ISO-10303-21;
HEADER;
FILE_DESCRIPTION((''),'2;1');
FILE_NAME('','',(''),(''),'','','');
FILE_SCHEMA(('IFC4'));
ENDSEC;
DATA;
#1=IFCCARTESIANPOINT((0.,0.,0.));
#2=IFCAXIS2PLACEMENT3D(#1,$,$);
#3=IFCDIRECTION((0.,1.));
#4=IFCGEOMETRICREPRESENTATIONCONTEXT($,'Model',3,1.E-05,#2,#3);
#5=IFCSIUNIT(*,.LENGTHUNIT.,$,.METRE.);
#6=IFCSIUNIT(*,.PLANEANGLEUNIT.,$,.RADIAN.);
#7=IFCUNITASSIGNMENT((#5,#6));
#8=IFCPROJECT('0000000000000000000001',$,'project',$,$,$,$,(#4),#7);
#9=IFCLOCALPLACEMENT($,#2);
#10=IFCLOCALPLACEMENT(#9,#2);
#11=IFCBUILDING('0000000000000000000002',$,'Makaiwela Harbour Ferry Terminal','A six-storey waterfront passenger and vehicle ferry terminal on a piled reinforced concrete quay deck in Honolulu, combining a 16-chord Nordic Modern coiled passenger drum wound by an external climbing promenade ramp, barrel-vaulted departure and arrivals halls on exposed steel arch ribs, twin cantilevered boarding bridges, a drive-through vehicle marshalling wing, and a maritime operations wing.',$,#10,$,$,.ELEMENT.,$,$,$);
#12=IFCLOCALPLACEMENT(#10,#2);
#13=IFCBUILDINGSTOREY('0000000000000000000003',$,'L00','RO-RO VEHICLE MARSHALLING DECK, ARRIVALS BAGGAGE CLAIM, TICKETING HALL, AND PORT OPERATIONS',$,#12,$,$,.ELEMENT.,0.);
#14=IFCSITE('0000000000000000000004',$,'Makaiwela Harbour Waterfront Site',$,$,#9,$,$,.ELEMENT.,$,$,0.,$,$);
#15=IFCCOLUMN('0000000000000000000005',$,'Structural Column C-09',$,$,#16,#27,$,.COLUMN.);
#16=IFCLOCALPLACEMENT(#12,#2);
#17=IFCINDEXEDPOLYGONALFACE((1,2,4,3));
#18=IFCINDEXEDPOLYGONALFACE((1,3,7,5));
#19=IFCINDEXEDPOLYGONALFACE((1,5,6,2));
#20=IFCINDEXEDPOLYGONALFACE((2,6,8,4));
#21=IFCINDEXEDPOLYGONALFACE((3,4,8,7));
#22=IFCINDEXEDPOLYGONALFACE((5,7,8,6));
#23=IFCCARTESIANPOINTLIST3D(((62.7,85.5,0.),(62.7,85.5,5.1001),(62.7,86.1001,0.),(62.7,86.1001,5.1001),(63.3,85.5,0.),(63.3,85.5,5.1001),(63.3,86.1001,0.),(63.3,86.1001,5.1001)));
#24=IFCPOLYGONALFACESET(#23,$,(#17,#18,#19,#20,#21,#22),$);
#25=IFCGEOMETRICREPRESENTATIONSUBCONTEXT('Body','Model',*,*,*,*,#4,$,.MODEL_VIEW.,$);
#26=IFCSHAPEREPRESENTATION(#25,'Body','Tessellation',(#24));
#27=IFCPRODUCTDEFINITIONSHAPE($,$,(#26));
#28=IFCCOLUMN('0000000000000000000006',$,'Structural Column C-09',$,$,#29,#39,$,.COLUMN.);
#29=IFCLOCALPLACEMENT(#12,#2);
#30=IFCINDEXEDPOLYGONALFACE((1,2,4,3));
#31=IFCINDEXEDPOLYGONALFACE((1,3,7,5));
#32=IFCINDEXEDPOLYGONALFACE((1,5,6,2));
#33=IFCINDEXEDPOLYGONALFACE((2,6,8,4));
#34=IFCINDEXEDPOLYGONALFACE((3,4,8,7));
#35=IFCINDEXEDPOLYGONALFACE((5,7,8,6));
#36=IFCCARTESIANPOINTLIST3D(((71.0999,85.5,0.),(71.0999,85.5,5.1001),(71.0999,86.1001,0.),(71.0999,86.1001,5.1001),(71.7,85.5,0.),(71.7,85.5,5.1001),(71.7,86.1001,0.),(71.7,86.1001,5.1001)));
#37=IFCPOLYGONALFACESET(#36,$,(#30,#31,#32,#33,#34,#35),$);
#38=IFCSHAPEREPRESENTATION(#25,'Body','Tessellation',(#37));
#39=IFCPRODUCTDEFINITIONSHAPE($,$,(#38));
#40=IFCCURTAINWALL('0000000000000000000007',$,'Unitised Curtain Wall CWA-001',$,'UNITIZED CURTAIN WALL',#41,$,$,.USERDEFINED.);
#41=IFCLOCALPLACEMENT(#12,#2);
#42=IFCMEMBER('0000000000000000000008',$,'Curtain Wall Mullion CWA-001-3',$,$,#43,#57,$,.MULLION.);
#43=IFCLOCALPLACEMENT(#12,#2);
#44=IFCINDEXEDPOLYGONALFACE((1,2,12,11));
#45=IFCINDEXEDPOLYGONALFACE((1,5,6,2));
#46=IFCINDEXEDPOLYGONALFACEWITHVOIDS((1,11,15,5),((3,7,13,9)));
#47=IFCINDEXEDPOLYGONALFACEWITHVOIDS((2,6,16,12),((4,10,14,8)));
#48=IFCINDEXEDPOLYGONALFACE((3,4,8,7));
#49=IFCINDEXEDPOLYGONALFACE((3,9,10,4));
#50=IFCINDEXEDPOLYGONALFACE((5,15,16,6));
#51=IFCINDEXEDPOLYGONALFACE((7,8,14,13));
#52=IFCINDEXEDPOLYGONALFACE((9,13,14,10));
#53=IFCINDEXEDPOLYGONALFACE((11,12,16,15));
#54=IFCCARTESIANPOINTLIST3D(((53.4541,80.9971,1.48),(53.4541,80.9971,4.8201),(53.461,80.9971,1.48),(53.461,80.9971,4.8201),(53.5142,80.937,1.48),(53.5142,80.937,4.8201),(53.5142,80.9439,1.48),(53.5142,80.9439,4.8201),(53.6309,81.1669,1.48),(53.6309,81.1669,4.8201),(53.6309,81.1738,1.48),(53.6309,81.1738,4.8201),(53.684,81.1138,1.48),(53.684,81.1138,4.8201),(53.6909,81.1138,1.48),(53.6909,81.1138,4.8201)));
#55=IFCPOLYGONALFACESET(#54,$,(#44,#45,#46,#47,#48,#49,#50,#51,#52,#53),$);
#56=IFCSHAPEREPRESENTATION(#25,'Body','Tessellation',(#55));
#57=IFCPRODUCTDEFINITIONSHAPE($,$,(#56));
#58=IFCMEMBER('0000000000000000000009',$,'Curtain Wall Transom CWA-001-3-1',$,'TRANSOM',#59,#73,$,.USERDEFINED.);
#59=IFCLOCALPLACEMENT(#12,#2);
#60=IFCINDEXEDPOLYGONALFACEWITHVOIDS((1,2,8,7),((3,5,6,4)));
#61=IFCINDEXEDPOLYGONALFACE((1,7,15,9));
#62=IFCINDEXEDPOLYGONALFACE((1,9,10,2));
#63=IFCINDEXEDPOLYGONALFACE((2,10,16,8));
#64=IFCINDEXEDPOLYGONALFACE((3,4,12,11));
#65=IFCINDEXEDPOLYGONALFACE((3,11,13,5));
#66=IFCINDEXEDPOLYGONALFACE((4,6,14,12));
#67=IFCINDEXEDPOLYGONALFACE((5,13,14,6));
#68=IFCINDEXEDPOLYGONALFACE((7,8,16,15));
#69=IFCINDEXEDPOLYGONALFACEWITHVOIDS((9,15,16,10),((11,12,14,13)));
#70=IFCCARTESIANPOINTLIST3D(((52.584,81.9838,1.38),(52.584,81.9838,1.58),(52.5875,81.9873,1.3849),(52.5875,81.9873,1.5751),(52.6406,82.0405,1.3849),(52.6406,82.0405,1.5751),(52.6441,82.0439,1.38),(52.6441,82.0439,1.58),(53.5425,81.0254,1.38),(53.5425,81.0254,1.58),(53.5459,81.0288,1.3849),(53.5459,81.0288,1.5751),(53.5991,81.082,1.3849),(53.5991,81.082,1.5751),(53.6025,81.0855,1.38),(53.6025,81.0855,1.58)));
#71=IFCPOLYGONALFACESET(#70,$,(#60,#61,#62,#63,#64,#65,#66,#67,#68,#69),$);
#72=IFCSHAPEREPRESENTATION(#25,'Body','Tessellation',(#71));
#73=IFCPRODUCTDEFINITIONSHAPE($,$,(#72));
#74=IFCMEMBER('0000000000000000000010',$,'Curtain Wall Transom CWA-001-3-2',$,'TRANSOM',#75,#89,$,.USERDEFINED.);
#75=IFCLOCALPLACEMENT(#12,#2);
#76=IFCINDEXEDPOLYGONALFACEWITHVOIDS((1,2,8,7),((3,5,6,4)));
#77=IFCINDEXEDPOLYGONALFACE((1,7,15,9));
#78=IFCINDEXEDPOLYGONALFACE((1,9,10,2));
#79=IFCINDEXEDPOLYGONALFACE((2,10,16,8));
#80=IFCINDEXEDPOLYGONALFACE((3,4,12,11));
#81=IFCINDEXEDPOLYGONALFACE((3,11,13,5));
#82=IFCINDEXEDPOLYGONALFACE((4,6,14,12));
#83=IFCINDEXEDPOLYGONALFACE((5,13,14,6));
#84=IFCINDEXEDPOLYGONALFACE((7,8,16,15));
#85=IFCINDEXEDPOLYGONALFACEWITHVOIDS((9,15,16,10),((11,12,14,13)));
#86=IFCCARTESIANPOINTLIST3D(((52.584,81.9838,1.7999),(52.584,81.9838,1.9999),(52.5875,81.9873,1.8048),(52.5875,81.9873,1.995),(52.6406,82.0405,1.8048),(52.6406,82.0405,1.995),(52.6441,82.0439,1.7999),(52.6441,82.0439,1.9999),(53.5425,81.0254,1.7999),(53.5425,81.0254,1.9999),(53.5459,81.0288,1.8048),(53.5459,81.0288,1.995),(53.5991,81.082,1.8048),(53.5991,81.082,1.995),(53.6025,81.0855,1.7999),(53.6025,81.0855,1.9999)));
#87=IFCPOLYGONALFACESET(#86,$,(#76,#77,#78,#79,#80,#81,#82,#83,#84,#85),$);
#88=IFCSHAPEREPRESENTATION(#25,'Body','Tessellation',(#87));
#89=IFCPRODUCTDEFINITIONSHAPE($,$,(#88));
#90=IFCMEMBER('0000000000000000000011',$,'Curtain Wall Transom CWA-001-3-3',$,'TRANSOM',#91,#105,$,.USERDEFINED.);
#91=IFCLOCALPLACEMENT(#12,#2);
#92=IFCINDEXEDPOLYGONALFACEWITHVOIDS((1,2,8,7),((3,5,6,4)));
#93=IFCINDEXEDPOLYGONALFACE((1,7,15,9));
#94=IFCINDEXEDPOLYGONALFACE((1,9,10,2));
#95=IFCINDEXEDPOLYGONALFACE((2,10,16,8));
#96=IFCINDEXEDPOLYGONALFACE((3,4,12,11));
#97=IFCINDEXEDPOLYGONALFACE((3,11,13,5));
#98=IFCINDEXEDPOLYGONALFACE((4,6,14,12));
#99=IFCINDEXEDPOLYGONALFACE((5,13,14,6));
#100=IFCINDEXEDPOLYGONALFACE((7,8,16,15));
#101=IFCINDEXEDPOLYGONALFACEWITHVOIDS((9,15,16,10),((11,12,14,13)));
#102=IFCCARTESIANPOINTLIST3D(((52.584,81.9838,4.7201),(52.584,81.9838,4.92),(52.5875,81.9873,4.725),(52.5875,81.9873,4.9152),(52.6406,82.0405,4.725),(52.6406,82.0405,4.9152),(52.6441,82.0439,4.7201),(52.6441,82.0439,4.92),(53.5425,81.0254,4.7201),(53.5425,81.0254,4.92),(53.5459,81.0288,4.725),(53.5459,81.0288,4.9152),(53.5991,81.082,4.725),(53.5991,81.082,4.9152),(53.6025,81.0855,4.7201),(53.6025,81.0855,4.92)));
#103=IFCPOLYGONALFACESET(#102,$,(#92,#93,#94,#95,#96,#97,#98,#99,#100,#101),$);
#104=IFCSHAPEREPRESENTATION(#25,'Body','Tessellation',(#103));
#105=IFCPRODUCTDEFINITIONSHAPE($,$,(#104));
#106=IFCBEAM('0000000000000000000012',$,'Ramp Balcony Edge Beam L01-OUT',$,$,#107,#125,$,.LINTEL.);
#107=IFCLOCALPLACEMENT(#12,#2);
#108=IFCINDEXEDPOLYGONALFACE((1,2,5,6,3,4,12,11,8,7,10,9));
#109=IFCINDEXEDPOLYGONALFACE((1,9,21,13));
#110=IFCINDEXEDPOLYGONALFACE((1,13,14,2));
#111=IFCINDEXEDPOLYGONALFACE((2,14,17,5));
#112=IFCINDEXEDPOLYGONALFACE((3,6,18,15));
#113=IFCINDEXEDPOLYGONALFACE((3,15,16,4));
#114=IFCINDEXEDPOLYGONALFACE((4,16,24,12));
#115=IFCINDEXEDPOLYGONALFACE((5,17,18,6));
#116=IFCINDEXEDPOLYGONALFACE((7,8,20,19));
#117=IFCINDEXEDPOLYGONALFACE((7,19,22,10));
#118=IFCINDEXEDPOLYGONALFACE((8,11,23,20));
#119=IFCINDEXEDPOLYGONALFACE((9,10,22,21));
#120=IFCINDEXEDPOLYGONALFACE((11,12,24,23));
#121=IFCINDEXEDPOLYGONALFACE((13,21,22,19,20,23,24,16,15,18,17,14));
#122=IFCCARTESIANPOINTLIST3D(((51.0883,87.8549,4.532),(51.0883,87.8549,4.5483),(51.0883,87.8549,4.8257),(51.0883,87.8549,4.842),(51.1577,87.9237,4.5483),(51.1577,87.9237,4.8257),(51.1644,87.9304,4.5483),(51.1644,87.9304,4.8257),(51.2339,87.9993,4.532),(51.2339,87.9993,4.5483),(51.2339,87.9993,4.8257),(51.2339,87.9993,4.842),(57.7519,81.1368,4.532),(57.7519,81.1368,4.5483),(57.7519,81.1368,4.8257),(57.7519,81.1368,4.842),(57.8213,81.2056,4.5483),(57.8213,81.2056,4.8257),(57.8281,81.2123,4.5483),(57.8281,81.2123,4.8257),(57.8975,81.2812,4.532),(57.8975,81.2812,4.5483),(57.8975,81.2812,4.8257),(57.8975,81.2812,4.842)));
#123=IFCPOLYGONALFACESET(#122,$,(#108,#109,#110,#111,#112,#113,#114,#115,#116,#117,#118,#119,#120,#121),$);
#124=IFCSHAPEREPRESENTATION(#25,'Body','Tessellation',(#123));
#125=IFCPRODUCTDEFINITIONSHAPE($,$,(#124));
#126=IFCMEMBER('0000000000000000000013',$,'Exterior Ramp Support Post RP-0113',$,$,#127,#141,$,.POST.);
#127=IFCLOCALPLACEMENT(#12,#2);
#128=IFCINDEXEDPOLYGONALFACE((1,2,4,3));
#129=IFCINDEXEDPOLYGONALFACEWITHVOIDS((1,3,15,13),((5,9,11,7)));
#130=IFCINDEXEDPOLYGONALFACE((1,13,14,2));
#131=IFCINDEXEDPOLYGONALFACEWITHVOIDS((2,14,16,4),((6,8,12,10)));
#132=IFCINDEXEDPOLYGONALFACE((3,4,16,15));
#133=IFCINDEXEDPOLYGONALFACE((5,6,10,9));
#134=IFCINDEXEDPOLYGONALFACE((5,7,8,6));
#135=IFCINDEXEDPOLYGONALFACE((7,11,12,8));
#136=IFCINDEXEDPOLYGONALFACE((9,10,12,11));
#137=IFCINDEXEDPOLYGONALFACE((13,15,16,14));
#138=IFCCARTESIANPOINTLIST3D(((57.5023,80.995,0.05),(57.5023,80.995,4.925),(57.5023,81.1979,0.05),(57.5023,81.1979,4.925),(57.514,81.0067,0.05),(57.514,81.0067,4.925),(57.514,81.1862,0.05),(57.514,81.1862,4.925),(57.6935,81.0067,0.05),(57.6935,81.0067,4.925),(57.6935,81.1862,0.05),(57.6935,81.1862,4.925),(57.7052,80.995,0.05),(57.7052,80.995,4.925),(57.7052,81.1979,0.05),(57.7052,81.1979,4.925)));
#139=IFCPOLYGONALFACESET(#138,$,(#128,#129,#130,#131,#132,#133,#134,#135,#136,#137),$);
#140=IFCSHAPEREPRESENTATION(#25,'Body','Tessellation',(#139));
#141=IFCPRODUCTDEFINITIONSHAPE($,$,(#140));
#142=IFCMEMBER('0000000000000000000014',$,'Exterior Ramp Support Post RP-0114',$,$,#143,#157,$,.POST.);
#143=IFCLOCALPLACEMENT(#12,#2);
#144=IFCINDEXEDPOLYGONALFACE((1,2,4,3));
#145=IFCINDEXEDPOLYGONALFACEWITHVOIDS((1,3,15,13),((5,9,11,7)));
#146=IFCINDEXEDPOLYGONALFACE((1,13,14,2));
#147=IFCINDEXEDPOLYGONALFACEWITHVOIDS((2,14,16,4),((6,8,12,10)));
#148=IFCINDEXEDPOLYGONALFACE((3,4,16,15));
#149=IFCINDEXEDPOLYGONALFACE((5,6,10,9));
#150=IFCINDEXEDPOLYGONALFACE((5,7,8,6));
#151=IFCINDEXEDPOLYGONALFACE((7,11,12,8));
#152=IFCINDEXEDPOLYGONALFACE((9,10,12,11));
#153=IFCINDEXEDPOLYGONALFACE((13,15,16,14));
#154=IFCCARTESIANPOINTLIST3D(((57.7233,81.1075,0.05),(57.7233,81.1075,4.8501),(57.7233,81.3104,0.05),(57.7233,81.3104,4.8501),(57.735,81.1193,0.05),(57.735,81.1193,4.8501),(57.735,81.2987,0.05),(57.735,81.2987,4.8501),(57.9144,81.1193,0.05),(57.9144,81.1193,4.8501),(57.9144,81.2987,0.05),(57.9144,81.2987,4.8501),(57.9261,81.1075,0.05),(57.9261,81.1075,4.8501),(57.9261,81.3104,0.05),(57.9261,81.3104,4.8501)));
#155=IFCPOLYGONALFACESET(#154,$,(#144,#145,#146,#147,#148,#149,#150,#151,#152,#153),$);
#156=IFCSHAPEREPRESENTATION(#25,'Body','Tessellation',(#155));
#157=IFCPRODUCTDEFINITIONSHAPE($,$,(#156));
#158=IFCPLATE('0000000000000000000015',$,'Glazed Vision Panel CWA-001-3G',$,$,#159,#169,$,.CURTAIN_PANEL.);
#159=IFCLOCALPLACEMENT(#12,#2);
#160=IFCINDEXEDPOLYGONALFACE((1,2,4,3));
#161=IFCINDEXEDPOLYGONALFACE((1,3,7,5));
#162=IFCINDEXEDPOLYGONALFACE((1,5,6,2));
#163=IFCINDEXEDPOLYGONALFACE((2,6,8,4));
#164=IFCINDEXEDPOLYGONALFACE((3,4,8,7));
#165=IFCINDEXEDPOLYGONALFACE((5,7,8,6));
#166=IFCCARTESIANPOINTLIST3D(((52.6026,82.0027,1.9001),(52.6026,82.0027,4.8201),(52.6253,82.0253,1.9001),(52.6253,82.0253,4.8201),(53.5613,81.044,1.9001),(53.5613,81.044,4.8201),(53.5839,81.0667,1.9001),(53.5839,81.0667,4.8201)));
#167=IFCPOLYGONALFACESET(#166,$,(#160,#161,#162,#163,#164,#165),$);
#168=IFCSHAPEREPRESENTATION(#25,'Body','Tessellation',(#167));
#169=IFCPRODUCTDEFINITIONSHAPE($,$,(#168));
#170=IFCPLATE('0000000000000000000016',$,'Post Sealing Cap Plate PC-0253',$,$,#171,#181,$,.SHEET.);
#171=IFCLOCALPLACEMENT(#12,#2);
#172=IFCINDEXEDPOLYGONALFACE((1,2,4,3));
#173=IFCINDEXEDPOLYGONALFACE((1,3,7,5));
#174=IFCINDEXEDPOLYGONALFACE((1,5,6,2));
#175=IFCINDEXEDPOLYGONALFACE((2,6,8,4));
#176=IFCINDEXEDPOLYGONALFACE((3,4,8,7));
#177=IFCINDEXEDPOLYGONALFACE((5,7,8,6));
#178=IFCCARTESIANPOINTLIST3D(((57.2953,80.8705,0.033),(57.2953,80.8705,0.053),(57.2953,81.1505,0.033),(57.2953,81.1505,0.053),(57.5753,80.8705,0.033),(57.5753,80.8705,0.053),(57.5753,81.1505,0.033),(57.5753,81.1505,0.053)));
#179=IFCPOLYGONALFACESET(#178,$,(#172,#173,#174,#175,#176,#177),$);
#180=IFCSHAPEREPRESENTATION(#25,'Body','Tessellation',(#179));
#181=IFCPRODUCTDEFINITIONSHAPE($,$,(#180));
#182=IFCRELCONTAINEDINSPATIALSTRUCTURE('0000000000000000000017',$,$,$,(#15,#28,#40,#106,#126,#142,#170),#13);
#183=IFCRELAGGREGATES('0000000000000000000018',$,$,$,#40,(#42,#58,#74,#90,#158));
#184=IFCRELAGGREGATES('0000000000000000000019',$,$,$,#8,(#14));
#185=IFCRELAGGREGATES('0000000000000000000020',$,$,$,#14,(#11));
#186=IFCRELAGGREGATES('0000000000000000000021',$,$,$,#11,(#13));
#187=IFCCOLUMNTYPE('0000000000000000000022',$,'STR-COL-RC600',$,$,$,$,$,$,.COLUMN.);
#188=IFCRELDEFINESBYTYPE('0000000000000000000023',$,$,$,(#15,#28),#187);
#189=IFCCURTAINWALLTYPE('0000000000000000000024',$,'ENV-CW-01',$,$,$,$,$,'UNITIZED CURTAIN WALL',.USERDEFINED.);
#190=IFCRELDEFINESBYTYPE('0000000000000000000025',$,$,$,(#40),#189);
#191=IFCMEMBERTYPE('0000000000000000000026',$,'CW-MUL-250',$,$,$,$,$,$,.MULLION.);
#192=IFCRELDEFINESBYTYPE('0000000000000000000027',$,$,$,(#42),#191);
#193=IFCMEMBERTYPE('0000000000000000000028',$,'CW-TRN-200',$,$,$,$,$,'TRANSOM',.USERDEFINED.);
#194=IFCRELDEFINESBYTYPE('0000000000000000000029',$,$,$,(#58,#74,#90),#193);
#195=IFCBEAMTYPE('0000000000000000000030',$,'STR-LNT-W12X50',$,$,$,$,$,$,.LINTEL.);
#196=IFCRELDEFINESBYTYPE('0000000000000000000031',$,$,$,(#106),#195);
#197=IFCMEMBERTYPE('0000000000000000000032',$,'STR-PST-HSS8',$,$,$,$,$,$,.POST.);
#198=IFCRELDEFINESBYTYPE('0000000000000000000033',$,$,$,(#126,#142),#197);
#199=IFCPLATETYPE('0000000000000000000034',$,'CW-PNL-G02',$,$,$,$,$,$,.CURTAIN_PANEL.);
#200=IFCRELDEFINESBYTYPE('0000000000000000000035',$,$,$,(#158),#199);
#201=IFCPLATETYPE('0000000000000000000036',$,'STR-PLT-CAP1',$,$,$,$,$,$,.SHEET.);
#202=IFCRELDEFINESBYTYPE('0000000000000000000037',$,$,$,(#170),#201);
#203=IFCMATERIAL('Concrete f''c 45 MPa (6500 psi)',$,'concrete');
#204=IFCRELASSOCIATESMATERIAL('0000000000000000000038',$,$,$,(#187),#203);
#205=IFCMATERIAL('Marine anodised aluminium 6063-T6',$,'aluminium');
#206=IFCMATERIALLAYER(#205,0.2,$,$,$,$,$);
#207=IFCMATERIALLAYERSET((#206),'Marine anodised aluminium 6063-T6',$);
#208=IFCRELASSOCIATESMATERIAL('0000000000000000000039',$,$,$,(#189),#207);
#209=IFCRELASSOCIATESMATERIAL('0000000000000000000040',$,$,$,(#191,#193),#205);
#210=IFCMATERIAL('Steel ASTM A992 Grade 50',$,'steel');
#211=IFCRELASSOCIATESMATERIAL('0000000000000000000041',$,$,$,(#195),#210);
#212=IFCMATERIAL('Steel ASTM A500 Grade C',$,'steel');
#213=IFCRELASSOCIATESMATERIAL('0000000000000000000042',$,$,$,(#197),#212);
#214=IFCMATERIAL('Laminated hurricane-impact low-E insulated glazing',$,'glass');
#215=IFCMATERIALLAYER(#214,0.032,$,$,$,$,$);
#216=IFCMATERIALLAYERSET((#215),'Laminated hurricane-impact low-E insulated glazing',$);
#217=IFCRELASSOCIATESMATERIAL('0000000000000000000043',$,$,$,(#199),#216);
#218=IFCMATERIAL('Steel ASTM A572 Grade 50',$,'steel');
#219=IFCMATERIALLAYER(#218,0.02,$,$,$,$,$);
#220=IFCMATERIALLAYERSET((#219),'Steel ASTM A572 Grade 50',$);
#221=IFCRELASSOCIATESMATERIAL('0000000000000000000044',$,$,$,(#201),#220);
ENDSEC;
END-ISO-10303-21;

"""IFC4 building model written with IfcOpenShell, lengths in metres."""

from ifc_helpers import new_model, si_unit, direction, frame, origin, origin_2d, place, context, subcontext, project, spatial, rectangle, hollow_rectangle, i_section, extrude, material, layer, layer_set, material_profile, profile_set, type_object, element, aggregate, save


model = new_model("IFC4")

# Units and contexts
model_context = context("Model", 3, precision=1e-05, world=origin(), true_north=direction((0.0, 1.0)))
body_context = subcontext(model_context, "Body", "Model", "MODEL_VIEW")
ifc_project = project(units=[si_unit("LENGTHUNIT", "METRE"), si_unit("PLANEANGLEUNIT", "RADIAN")], contexts=[model_context])

# Site, building, storey
site_placement = place(None, origin())
site = spatial("IfcSite", under=ifc_project, at=site_placement, Name="Makaiwela Harbour Waterfront Site", CompositionType="ELEMENT", RefElevation=0.0)
building_placement = place(site_placement, origin())
building = spatial("IfcBuilding", under=site, at=building_placement, Name="Makaiwela Harbour Ferry Terminal", Description="A six-storey waterfront passenger and vehicle ferry terminal on a piled reinforced concrete quay deck in Honolulu, combining a 16-chord Nordic Modern coiled passenger drum wound by an external climbing promenade ramp, barrel-vaulted departure and arrivals halls on exposed steel arch ribs, twin cantilevered boarding bridges, a drive-through vehicle marshalling wing, and a maritime operations wing.", CompositionType="ELEMENT")
storey_placement = place(building_placement, origin())
storey = spatial("IfcBuildingStorey", under=building, at=storey_placement, Name="L00", Description="RO-RO VEHICLE MARSHALLING DECK, ARRIVALS BAGGAGE CLAIM, TICKETING HALL, AND PORT OPERATIONS", CompositionType="ELEMENT", Elevation=0.0)

# Shared definitions
ifc_material_1 = material(Name="Concrete f'c 45 MPa (6500 psi)", Category="concrete")

# Columns
ifc_material_profile_1 = material_profile(ifc_material_1, rectangle(XDim=0.6001, YDim=0.6001, at=origin_2d()), Name="RC-600X600")
ifc_profile_set_1 = profile_set([ifc_material_profile_1], Name="Concrete f'c 45 MPa (6500 psi)")
column_type = type_object("IfcColumnType", Name="STR-COL-RC600", PredefinedType="COLUMN", material=ifc_profile_set_1)
for number, where, z_axis, x_axis, name in (
    (1, (63.0, 85.8, 0.0), (0.0, 0.0, 1.0), (1.0, 0.0, 0.0), "Structural Column C-09"),
    (2, (71.3999, 85.8, 0.0), (0.0, 0.0, 1.0), (1.0, 0.0, 0.0), "Structural Column C-09"),
):
    element("IfcColumn", number, at=place(storey_placement, frame(where, z_axis=z_axis, x_axis=x_axis)), inside=storey, type_object=column_type, Name=name, PredefinedType="COLUMN", context=body_context, shape_type="SweptSolid", body=[
        extrude(rectangle(XDim=0.6001, YDim=0.6001, at=origin_2d()), origin(), (0.0, 0.0, 1.0), 5.1001),
    ])

# Curtain wall, members
ifc_material_2 = material(Name="Marine anodised aluminium 6063-T6", Category="aluminium")
ifc_layer_1 = layer(ifc_material_2, 0.2)
ifc_layer_set_1 = layer_set([ifc_layer_1], Name="Marine anodised aluminium 6063-T6")
curtain_wall_type = type_object("IfcCurtainWallType", Name="ENV-CW-01", ElementType="UNITIZED CURTAIN WALL", PredefinedType="USERDEFINED", material=ifc_layer_set_1)
curtain_wall_placement = place(storey_placement, origin())
curtain_wall = element("IfcCurtainWall", 3, at=curtain_wall_placement, inside=storey, type_object=curtain_wall_type, Name="Unitised Curtain Wall CWA-001", ObjectType="UNITIZED CURTAIN WALL", PredefinedType="USERDEFINED")
ifc_material_profile_2 = material_profile(ifc_material_2, hollow_rectangle(XDim=0.085, YDim=0.25, WallThickness=0.0049, at=origin_2d()), Name="CWM-250X85")
ifc_profile_set_2 = profile_set([ifc_material_profile_2], Name="Marine anodised aluminium 6063-T6")
member_type_1 = type_object("IfcMemberType", Name="CW-MUL-250", PredefinedType="MULLION", material=ifc_profile_set_2)
member_1_placement = place(storey_placement, frame((53.5725, 81.0554, 1.48), z_axis=(0.0, 0.0, 1.0), x_axis=(-0.707107, 0.707107, 0.0)))
member_1 = element("IfcMember", 4, at=member_1_placement, type_object=member_type_1, Name="Curtain Wall Mullion CWA-001-3", PredefinedType="MULLION", context=body_context, shape_type="SweptSolid", body=[
    extrude(hollow_rectangle(XDim=0.085, YDim=0.25, WallThickness=0.0049, at=origin_2d()), origin(), (0.0, 0.0, 1.0), 3.3401),
])
ifc_material_profile_3 = material_profile(ifc_material_2, hollow_rectangle(XDim=0.085, YDim=0.2, WallThickness=0.0049, at=origin_2d()), Name="CWT-200X85")
ifc_profile_set_3 = profile_set([ifc_material_profile_3], Name="Marine anodised aluminium 6063-T6")
member_type_2 = type_object("IfcMemberType", Name="CW-TRN-200", ElementType="TRANSOM", PredefinedType="USERDEFINED", material=ifc_profile_set_3)
member_2_placement = place(storey_placement, frame((53.5725, 81.0554, 1.48), z_axis=(-0.707107, 0.707107, 0.0), x_axis=(-0.707107, -0.707107, 0.0)))
member_2 = element("IfcMember", 5, at=member_2_placement, type_object=member_type_2, Name="Curtain Wall Transom CWA-001-3-1", ObjectType="TRANSOM", PredefinedType="USERDEFINED", context=body_context, shape_type="SweptSolid", body=[
    extrude(hollow_rectangle(XDim=0.085, YDim=0.2, WallThickness=0.0049, at=origin_2d()), origin(), (0.0, 0.0, 1.0), 1.3555),
])
member_3_placement = place(storey_placement, frame((53.5725, 81.0554, 1.8999), z_axis=(-0.707107, 0.707107, 0.0), x_axis=(-0.707107, -0.707107, 0.0)))
member_3 = element("IfcMember", 6, at=member_3_placement, type_object=member_type_2, Name="Curtain Wall Transom CWA-001-3-2", ObjectType="TRANSOM", PredefinedType="USERDEFINED", context=body_context, shape_type="SweptSolid", body=[
    extrude(hollow_rectangle(XDim=0.085, YDim=0.2, WallThickness=0.0049, at=origin_2d()), origin(), (0.0, 0.0, 1.0), 1.3555),
])
member_4_placement = place(storey_placement, frame((53.5725, 81.0554, 4.8201), z_axis=(-0.707107, 0.707107, 0.0), x_axis=(-0.707107, -0.707107, 0.0)))
member_4 = element("IfcMember", 7, at=member_4_placement, type_object=member_type_2, Name="Curtain Wall Transom CWA-001-3-3", ObjectType="TRANSOM", PredefinedType="USERDEFINED", context=body_context, shape_type="SweptSolid", body=[
    extrude(hollow_rectangle(XDim=0.085, YDim=0.2, WallThickness=0.0049, at=origin_2d()), origin(), (0.0, 0.0, 1.0), 1.3555),
])

# Beam
ifc_material_3 = material(Name="Steel ASTM A992 Grade 50", Category="steel")
ifc_material_profile_4 = material_profile(ifc_material_3, i_section(OverallWidth=0.2051, OverallDepth=0.3101, WebThickness=0.0095, FlangeThickness=0.0164, at=origin_2d()), Name="W12X50")
ifc_profile_set_4 = profile_set([ifc_material_profile_4], Name="Steel ASTM A992 Grade 50")
beam_type = type_object("IfcBeamType", Name="STR-LNT-W12X50", PredefinedType="LINTEL", material=ifc_profile_set_4)
beam_placement = place(storey_placement, frame((57.8247, 81.209, 4.687), z_axis=(-0.704224, 0.709978, 0.0), x_axis=(-0.709978, -0.704224, 0.0)))
element("IfcBeam", 8, at=beam_placement, inside=storey, type_object=beam_type, Name="Ramp Balcony Edge Beam L01-OUT", PredefinedType="LINTEL", context=body_context, shape_type="SweptSolid", body=[
    extrude(i_section(OverallWidth=0.2051, OverallDepth=0.3101, WebThickness=0.0095, FlangeThickness=0.0164, at=origin_2d()), origin(), (0.0, 0.0, 1.0), 9.4624),
])

# Members
ifc_material_4 = material(Name="Steel ASTM A500 Grade C", Category="steel")
ifc_material_profile_5 = material_profile(ifc_material_4, hollow_rectangle(XDim=0.2029, YDim=0.2029, WallThickness=0.0117, at=origin_2d()), Name="HSS8X8X1/2")
ifc_profile_set_5 = profile_set([ifc_material_profile_5], Name="Steel ASTM A500 Grade C")
member_type_3 = type_object("IfcMemberType", Name="STR-PST-HSS8", PredefinedType="POST", material=ifc_profile_set_5)
member_5_placement = place(storey_placement, frame((57.6038, 81.0964, 0.05), z_axis=(0.0, 0.0, 1.0), x_axis=(1.0, 0.0, 0.0)))
element("IfcMember", 9, at=member_5_placement, inside=storey, type_object=member_type_3, Name="Exterior Ramp Support Post RP-0113", PredefinedType="POST", context=body_context, shape_type="SweptSolid", body=[
    extrude(hollow_rectangle(XDim=0.2029, YDim=0.2029, WallThickness=0.0117, at=origin_2d()), origin(), (0.0, 0.0, 1.0), 4.875),
])
member_6_placement = place(storey_placement, frame((57.8247, 81.209, 0.05), z_axis=(0.0, 0.0, 1.0), x_axis=(1.0, 0.0, 0.0)))
element("IfcMember", 10, at=member_6_placement, inside=storey, type_object=member_type_3, Name="Exterior Ramp Support Post RP-0114", PredefinedType="POST", context=body_context, shape_type="SweptSolid", body=[
    extrude(hollow_rectangle(XDim=0.2029, YDim=0.2029, WallThickness=0.0117, at=origin_2d()), origin(), (0.0, 0.0, 1.0), 4.8),
])

# Plate
ifc_material_5 = material(Name="Laminated hurricane-impact low-E insulated glazing", Category="glass")
ifc_layer_2 = layer(ifc_material_5, 0.032)
ifc_layer_set_2 = layer_set([ifc_layer_2], Name="Laminated hurricane-impact low-E insulated glazing")
plate_type_1 = type_object("IfcPlateType", Name="CW-PNL-G02", PredefinedType="CURTAIN_PANEL", material=ifc_layer_set_2)
plate_placement = place(storey_placement, frame((53.0933, 81.5347, 1.9001), z_axis=(0.0, 0.0, 1.0), x_axis=(-0.707107, 0.707107, 0.0)))
plate = element("IfcPlate", 11, at=plate_placement, type_object=plate_type_1, Name="Glazed Vision Panel CWA-001-3G", PredefinedType="CURTAIN_PANEL", context=body_context, shape_type="SweptSolid", body=[
    extrude(rectangle(XDim=1.3557, YDim=0.032, at=origin_2d()), origin(), (0.0, 0.0, 1.0), 2.9199),
])
aggregate(curtain_wall, [member_1, member_2, member_3, member_4, plate])

# Plate
ifc_material_6 = material(Name="Steel ASTM A572 Grade 50", Category="steel")
ifc_layer_3 = layer(ifc_material_6, 0.02)
ifc_layer_set_3 = layer_set([ifc_layer_3], Name="Steel ASTM A572 Grade 50")
plate_type_2 = type_object("IfcPlateType", Name="STR-PLT-CAP1", PredefinedType="SHEET", material=ifc_layer_set_3)
for number, where, z_axis, x_axis, name in (
    (12, (57.4353, 81.0105, 0.033), (0.0, 0.0, 1.0), (1.0, 0.0, 0.0), "Post Sealing Cap Plate PC-0253"),
):
    element("IfcPlate", number, at=place(storey_placement, frame(where, z_axis=z_axis, x_axis=x_axis)), inside=storey, type_object=plate_type_2, Name=name, PredefinedType="SHEET", context=body_context, shape_type="SweptSolid", body=[
        extrude(rectangle(XDim=0.28, YDim=0.28, at=origin_2d()), origin(), (0.0, 0.0, 1.0), 0.02),
    ])

save(model, "model.ifc")
